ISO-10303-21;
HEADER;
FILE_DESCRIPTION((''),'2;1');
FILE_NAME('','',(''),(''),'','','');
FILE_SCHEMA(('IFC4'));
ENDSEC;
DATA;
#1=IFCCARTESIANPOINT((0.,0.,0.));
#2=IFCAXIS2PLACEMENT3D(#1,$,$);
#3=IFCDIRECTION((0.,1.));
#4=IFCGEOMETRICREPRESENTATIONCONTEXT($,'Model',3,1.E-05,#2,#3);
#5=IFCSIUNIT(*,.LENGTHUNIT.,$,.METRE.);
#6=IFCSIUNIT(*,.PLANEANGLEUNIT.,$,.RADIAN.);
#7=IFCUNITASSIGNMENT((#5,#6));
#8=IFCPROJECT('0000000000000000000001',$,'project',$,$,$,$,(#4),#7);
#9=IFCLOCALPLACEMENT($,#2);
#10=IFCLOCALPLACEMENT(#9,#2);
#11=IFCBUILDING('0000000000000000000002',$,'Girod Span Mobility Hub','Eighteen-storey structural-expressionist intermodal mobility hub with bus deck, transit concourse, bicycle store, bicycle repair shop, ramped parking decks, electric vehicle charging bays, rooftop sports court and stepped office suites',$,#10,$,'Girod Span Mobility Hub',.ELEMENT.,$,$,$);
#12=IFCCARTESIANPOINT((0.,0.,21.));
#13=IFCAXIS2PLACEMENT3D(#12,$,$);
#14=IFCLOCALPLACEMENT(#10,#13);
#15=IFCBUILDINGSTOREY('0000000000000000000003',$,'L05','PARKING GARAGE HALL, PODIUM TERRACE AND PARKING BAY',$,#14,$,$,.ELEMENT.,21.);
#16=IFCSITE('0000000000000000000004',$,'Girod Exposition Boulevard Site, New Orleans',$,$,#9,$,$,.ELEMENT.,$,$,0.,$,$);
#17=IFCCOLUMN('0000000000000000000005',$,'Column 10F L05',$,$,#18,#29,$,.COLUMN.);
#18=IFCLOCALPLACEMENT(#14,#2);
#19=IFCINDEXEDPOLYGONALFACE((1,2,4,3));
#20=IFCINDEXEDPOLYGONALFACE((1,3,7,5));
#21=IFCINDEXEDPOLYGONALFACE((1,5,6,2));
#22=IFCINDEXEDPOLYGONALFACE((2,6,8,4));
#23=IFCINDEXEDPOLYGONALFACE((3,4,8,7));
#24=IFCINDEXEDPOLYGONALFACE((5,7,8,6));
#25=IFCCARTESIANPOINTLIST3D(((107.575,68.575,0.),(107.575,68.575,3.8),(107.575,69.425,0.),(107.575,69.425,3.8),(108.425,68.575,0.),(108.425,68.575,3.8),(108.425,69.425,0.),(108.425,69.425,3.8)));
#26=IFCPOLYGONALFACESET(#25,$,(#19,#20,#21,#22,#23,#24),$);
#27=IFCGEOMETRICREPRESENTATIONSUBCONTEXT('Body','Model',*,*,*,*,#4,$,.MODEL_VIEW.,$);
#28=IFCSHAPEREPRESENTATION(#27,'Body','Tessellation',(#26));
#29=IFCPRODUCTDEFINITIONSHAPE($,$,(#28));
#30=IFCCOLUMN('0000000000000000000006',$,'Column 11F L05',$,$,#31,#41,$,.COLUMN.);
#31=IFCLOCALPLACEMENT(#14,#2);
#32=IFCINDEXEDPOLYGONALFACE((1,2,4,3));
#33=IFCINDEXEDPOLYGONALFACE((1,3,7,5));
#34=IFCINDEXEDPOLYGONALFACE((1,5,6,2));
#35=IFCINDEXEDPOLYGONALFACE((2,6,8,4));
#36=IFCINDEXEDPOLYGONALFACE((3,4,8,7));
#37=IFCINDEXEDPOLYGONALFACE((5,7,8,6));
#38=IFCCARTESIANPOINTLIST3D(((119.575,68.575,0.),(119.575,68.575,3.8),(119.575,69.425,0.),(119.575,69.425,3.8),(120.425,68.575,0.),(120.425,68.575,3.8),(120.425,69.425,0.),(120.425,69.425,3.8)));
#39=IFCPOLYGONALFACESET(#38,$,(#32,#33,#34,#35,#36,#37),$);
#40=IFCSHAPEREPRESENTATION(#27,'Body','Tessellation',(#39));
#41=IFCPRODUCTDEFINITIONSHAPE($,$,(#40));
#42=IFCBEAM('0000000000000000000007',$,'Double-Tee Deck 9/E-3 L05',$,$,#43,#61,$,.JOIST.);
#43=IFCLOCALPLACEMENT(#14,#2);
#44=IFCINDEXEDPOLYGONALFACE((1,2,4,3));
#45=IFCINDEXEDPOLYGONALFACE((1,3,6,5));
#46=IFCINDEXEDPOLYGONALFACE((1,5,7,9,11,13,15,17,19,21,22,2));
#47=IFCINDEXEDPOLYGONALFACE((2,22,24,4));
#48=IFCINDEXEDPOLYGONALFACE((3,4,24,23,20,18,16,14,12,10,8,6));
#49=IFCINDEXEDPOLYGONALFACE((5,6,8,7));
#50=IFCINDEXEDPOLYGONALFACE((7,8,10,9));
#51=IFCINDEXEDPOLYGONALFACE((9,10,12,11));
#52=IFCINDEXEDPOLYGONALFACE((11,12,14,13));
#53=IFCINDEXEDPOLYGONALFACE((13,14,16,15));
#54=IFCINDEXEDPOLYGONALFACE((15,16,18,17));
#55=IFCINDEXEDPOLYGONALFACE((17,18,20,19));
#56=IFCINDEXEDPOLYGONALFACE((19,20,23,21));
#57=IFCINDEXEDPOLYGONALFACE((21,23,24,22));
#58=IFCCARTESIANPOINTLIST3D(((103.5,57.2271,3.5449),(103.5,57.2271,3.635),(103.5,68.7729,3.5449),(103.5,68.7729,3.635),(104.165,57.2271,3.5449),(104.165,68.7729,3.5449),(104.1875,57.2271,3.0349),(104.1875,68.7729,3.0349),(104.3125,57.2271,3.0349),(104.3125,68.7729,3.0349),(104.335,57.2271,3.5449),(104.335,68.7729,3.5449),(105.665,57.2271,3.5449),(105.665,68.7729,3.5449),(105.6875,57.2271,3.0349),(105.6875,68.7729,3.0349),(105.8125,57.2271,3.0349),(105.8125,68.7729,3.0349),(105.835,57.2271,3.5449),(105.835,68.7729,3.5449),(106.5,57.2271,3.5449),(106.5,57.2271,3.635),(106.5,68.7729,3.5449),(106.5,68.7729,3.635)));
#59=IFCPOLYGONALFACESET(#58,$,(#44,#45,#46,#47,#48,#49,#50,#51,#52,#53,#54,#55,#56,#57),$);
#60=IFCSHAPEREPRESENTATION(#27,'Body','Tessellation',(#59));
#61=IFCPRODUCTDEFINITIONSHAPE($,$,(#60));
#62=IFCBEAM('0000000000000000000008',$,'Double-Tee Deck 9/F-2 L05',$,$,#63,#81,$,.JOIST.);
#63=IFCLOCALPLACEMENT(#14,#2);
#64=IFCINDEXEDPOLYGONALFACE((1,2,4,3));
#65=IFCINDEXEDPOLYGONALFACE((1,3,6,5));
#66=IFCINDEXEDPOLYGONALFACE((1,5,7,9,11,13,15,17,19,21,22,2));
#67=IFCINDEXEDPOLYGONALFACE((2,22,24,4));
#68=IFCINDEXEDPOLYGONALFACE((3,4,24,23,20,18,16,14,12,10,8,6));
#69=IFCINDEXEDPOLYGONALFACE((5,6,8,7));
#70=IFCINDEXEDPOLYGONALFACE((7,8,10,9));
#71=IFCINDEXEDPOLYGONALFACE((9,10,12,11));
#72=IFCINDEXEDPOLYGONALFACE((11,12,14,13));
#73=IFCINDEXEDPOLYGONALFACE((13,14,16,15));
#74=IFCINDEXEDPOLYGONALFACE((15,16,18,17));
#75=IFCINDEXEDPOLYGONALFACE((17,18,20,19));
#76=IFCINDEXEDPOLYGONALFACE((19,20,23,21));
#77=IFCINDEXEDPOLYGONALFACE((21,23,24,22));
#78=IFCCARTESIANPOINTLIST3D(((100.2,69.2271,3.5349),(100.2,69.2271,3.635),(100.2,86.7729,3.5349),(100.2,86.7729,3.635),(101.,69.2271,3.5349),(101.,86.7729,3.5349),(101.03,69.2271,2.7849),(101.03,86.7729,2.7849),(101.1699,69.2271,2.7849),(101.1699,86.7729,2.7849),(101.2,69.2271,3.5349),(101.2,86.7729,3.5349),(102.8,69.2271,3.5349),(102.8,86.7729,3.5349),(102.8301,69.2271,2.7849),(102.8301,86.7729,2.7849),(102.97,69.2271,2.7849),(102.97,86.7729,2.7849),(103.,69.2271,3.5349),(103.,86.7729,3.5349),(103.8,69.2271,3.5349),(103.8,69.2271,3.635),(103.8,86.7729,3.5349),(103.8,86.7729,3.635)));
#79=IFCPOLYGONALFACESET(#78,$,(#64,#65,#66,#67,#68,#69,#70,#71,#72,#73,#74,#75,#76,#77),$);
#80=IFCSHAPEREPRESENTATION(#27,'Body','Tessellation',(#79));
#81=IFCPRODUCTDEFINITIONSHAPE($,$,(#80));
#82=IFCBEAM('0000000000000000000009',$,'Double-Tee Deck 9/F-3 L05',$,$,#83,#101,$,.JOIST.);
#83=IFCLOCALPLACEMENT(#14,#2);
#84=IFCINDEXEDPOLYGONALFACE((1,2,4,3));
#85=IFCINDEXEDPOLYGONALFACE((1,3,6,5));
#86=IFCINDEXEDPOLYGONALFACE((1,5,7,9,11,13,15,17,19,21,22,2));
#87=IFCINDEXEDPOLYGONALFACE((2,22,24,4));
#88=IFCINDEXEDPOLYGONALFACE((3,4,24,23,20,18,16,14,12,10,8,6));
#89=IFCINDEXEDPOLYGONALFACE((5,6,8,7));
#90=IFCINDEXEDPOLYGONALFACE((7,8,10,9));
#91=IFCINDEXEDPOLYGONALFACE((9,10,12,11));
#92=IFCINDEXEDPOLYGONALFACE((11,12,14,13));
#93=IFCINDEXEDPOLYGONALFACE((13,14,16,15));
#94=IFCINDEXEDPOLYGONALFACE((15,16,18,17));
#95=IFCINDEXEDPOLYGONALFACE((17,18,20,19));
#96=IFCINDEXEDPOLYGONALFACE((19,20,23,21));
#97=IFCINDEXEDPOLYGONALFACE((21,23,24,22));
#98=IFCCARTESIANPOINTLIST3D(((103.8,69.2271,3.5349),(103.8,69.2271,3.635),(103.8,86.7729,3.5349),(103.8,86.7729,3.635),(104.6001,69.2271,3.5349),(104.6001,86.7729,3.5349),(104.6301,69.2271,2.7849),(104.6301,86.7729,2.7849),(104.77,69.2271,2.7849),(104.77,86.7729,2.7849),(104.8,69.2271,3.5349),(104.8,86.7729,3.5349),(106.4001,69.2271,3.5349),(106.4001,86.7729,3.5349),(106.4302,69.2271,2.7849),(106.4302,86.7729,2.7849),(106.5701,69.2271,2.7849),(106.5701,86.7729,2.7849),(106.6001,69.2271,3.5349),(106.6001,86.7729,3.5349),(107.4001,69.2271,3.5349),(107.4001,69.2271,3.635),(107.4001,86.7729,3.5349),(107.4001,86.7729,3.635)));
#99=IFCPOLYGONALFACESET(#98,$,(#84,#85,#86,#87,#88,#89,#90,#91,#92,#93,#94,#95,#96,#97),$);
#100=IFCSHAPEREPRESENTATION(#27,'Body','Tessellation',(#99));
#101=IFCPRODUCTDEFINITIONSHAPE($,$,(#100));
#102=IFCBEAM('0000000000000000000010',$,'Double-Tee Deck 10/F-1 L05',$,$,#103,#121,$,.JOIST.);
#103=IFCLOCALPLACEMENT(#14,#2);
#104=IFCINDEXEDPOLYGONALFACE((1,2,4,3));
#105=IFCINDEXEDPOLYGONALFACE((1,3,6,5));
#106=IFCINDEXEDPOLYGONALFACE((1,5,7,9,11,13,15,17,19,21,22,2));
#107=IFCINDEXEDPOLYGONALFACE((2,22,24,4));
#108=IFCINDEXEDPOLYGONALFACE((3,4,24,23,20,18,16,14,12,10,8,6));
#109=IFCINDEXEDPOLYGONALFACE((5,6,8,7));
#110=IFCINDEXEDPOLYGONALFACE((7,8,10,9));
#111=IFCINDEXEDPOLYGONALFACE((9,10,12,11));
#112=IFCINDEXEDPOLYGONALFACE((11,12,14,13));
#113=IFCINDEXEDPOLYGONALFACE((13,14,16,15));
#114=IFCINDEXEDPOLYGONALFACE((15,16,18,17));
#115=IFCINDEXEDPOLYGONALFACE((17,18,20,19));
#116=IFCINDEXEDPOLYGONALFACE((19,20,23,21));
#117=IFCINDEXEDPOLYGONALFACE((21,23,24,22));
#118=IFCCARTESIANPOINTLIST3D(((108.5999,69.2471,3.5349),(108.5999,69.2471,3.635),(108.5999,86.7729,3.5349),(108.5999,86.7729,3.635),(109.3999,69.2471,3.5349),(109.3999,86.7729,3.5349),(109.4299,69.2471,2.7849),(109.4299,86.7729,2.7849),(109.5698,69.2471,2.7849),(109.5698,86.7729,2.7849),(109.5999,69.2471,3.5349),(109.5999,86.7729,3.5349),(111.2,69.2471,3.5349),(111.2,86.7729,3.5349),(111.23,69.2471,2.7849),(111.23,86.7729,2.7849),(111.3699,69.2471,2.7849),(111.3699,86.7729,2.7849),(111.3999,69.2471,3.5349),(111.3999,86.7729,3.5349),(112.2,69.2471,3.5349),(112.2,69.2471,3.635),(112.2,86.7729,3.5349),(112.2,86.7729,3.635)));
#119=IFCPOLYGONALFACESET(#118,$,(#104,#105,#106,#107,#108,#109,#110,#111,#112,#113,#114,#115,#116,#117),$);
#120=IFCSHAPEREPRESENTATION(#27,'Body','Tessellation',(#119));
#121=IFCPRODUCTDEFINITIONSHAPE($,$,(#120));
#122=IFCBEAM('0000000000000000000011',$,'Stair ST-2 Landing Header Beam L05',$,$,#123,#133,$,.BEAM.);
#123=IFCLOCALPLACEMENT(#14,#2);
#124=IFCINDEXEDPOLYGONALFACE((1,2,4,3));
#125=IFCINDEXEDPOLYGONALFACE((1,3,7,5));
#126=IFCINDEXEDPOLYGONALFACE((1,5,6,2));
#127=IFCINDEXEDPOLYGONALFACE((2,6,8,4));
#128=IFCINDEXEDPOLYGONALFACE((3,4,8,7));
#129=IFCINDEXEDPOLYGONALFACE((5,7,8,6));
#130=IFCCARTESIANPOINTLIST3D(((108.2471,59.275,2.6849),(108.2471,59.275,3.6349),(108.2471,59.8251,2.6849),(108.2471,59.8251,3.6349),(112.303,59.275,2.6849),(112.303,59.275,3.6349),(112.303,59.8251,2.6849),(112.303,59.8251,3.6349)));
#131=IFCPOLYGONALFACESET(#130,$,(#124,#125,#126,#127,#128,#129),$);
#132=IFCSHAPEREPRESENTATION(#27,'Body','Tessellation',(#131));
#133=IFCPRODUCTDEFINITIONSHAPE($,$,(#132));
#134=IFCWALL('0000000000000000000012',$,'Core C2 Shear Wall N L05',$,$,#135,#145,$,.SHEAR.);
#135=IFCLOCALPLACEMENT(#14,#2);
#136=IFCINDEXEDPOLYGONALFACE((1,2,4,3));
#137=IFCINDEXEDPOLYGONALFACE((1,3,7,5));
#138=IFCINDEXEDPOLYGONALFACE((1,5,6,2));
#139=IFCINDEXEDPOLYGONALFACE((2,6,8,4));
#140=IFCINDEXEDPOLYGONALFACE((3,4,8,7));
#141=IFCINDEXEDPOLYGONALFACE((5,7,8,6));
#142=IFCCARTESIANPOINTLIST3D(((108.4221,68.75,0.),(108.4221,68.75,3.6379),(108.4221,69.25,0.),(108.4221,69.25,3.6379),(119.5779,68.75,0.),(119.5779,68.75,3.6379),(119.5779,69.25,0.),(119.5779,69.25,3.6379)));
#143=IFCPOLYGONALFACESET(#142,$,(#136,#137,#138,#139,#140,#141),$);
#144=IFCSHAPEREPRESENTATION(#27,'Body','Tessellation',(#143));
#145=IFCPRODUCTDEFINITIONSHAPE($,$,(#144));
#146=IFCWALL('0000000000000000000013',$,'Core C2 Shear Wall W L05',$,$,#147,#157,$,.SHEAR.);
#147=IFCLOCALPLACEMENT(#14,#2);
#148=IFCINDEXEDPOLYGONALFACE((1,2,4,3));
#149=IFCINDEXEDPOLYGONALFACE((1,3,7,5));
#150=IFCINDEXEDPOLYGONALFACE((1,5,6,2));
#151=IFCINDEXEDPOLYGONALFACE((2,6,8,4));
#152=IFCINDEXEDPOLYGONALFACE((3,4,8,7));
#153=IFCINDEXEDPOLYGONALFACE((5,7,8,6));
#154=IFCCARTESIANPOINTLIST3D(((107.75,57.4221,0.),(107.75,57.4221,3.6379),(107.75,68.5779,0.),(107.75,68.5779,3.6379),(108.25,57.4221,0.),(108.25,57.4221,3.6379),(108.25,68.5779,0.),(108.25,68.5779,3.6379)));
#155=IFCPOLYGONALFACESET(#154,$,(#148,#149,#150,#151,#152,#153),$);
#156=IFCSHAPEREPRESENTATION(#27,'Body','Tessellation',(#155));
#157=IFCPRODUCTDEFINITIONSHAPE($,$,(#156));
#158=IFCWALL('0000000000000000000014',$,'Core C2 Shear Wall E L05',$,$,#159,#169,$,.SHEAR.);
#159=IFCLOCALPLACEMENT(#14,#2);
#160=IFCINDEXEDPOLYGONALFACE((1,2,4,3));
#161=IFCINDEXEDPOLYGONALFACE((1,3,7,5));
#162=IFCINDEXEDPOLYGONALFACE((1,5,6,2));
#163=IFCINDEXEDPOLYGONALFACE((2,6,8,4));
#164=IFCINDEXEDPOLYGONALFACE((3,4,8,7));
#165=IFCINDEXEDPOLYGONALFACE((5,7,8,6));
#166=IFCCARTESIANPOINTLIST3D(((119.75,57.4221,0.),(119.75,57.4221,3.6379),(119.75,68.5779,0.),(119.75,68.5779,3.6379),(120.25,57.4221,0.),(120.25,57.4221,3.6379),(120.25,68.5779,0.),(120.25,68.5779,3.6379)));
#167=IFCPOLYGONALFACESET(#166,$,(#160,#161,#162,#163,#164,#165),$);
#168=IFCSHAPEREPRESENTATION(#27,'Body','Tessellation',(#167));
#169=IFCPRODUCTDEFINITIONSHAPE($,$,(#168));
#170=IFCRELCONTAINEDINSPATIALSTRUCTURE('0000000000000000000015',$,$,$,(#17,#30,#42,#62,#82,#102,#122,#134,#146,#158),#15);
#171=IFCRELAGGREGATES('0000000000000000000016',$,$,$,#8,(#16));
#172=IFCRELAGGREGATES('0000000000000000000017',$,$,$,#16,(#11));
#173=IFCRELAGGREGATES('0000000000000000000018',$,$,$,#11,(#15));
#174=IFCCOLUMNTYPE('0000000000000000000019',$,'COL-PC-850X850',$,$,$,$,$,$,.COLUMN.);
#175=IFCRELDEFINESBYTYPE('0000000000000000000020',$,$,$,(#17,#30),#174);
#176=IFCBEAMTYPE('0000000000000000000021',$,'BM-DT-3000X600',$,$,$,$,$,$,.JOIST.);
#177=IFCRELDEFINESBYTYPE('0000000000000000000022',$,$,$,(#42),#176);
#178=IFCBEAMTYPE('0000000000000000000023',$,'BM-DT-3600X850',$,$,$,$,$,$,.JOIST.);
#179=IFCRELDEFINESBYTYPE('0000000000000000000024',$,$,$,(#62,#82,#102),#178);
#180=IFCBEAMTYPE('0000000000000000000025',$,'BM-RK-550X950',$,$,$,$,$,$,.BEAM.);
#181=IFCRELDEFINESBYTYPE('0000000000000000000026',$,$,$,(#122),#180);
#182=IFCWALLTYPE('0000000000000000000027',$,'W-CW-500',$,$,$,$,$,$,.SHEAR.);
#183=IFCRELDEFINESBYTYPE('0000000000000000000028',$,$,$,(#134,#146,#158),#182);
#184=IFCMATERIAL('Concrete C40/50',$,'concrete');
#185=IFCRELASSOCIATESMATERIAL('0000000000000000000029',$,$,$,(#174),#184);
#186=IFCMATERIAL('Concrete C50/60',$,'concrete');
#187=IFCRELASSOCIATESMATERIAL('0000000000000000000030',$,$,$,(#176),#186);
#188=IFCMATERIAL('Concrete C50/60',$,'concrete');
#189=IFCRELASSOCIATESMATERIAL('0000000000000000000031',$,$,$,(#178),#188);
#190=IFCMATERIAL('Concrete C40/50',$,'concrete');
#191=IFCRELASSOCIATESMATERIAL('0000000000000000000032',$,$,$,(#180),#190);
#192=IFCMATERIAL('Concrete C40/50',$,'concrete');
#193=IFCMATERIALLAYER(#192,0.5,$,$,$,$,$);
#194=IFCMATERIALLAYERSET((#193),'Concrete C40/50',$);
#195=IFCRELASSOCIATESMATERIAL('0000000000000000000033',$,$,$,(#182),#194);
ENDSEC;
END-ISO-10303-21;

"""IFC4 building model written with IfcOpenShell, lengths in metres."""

from ifc_helpers import new_model, si_unit, direction, frame, frame_2d, origin, origin_2d, place, context, subcontext, project, spatial, polyline, rectangle, outline, extrude, material, layer, layer_set, material_profile, profile_set, type_object, element, save


model = new_model("IFC4")

# Units and contexts
model_context = context("Model", 3, precision=1e-05, world=origin(), true_north=direction((0.0, 1.0)))
body_context = subcontext(model_context, "Body", "Model", "MODEL_VIEW")
ifc_project = project(units=[si_unit("LENGTHUNIT", "METRE"), si_unit("PLANEANGLEUNIT", "RADIAN")], contexts=[model_context])

# Site, building, storey
site_placement = place(None, origin())
site = spatial("IfcSite", under=ifc_project, at=site_placement, Name="Girod Exposition Boulevard Site, New Orleans", CompositionType="ELEMENT", RefElevation=0.0)
building_placement = place(site_placement, origin())
building = spatial("IfcBuilding", under=site, at=building_placement, Name="Girod Span Mobility Hub", Description="Eighteen-storey structural-expressionist intermodal mobility hub with bus deck, transit concourse, bicycle store, bicycle repair shop, ramped parking decks, electric vehicle charging bays, rooftop sports court and stepped office suites", LongName="Girod Span Mobility Hub", CompositionType="ELEMENT")
storey_placement = place(building_placement, frame((0.0, 0.0, 21.0)))
storey = spatial("IfcBuildingStorey", under=building, at=storey_placement, Name="L05", Description="PARKING GARAGE HALL, PODIUM TERRACE AND PARKING BAY", CompositionType="ELEMENT", Elevation=21.0)

# Columns
ifc_material_1 = material(Name="Concrete C40/50", Category="concrete")
ifc_material_profile_1 = material_profile(ifc_material_1, rectangle(XDim=0.8501, YDim=0.8501, at=origin_2d()), Name="PC-COL-850X850")
ifc_profile_set_1 = profile_set([ifc_material_profile_1], Name="Concrete C40/50")
column_type = type_object("IfcColumnType", Name="COL-PC-850X850", PredefinedType="COLUMN", material=ifc_profile_set_1)
for number, where, z_axis, x_axis, name in (
    (1, (108.0, 69.0, 0.0), (0.0, 0.0, 1.0), (1.0, 0.0, 0.0), "Column 10F L05"),
    (2, (120.0, 69.0, 0.0), (0.0, 0.0, 1.0), (1.0, 0.0, 0.0), "Column 11F L05"),
):
    element("IfcColumn", number, at=place(storey_placement, frame(where, z_axis=z_axis, x_axis=x_axis)), inside=storey, type_object=column_type, Name=name, PredefinedType="COLUMN", context=body_context, shape_type="SweptSolid", body=[
        extrude(rectangle(XDim=0.8501, YDim=0.8501, at=origin_2d()), origin(), (0.0, 0.0, 1.0), 3.8),
    ])

# Beams
ifc_material_2 = material(Name="Concrete C50/60", Category="concrete")
ifc_material_profile_2 = material_profile(ifc_material_2, outline(polyline([(-1.5, 0.3), (-1.5, 0.21), (-0.835, 0.21), (-0.8125, -0.3), (-0.6875, -0.3), (-0.665, 0.21), (0.665, 0.21), (0.6875, -0.3), (0.8125, -0.3), (0.835, 0.21), (1.5, 0.21), (1.5, 0.3), (-1.5, 0.3)])), Name="DT-3000X600")
ifc_profile_set_2 = profile_set([ifc_material_profile_2], Name="Concrete C50/60")
beam_type_1 = type_object("IfcBeamType", Name="BM-DT-3000X600", PredefinedType="JOIST", material=ifc_profile_set_2)
beam_1_placement = place(storey_placement, frame((105.0, 57.2271, 3.335), z_axis=(0.0, 1.0, 0.0), x_axis=(-1.0, 0.0, 0.0)))
element("IfcBeam", 3, at=beam_1_placement, inside=storey, type_object=beam_type_1, Name="Double-Tee Deck 9/E-3 L05", PredefinedType="JOIST", context=body_context, shape_type="SweptSolid", body=[
    extrude(outline(polyline([(-1.5, 0.3), (-1.5, 0.21), (-0.835, 0.21), (-0.8125, -0.3), (-0.6875, -0.3), (-0.665, 0.21), (0.665, 0.21), (0.6875, -0.3), (0.8125, -0.3), (0.835, 0.21), (1.5, 0.21), (1.5, 0.3), (-1.5, 0.3)])), origin(), (0.0, 0.0, 1.0), 11.5459),
])
ifc_material_3 = material(Name="Concrete C50/60", Category="concrete")
ifc_material_profile_3 = material_profile(ifc_material_3, outline(polyline([(-1.8, 0.425), (-1.8, 0.325), (-1.0, 0.325), (-0.97, -0.425), (-0.8301, -0.425), (-0.8, 0.325), (0.8, 0.325), (0.8301, -0.425), (0.97, -0.425), (1.0, 0.325), (1.8, 0.325), (1.8, 0.425), (-1.8, 0.425)])), Name="DT-3600X850")
ifc_profile_set_3 = profile_set([ifc_material_profile_3], Name="Concrete C50/60")
beam_type_2 = type_object("IfcBeamType", Name="BM-DT-3600X850", PredefinedType="JOIST", material=ifc_profile_set_3)
for number, where, z_axis, x_axis, name in (
    (4, (102.0, 69.2271, 3.21), (0.0, 1.0, 0.0), (-1.0, 0.0, 0.0), "Double-Tee Deck 9/F-2 L05"),
    (5, (105.6001, 69.2271, 3.21), (0.0, 1.0, 0.0), (-1.0, 0.0, 0.0), "Double-Tee Deck 9/F-3 L05"),
):
    element("IfcBeam", number, at=place(storey_placement, frame(where, z_axis=z_axis, x_axis=x_axis)), inside=storey, type_object=beam_type_2, Name=name, PredefinedType="JOIST", context=body_context, shape_type="SweptSolid", body=[
        extrude(outline(polyline([(-1.8, 0.425), (-1.8, 0.325), (-1.0, 0.325), (-0.97, -0.425), (-0.8301, -0.425), (-0.8, 0.325), (0.8, 0.325), (0.8301, -0.425), (0.97, -0.425), (1.0, 0.325), (1.8, 0.325), (1.8, 0.425), (-1.8, 0.425)])), origin(), (0.0, 0.0, 1.0), 17.5459),
    ])
beam_2_placement = place(storey_placement, frame((110.3999, 69.2471, 3.21), z_axis=(0.0, 1.0, 0.0), x_axis=(-1.0, 0.0, 0.0)))
element("IfcBeam", 6, at=beam_2_placement, inside=storey, type_object=beam_type_2, Name="Double-Tee Deck 10/F-1 L05", PredefinedType="JOIST", context=body_context, shape_type="SweptSolid", body=[
    extrude(outline(polyline([(-1.8, 0.425), (-1.8, 0.325), (-1.0, 0.325), (-0.97, -0.425), (-0.8301, -0.425), (-0.8, 0.325), (0.8, 0.325), (0.8301, -0.425), (0.97, -0.425), (1.0, 0.325), (1.8, 0.325), (1.8, 0.425), (-1.8, 0.425)])), origin(), (0.0, 0.0, 1.0), 17.5259),
])
ifc_material_4 = material(Name="Concrete C40/50", Category="concrete")
ifc_material_profile_4 = material_profile(ifc_material_4, rectangle(XDim=0.55, YDim=0.95, at=origin_2d()), Name="RK-550X950")
ifc_profile_set_4 = profile_set([ifc_material_profile_4], Name="Concrete C40/50")
beam_type_3 = type_object("IfcBeamType", Name="BM-RK-550X950", PredefinedType="BEAM", material=ifc_profile_set_4)
beam_3_placement = place(storey_placement, frame((108.2471, 59.55, 3.1599), z_axis=(1.0, 0.0, 0.0), x_axis=(0.0, 1.0, 0.0)))
element("IfcBeam", 7, at=beam_3_placement, inside=storey, type_object=beam_type_3, Name="Stair ST-2 Landing Header Beam L05", PredefinedType="BEAM", context=body_context, shape_type="SweptSolid", body=[
    extrude(rectangle(XDim=0.55, YDim=0.95, at=origin_2d()), origin(), (0.0, 0.0, 1.0), 4.0559),
])

# Walls
ifc_material_5 = material(Name="Concrete C40/50", Category="concrete")
ifc_layer_1 = layer(ifc_material_5, 0.5)
ifc_layer_set_1 = layer_set([ifc_layer_1], Name="Concrete C40/50")
wall_type_1 = type_object("IfcWallType", Name="W-CW-500", PredefinedType="SHEAR", material=ifc_layer_set_1)
for number, where, z_axis, x_axis, name in (
    (8, (108.4221, 69.0, 0.0), (0.0, 0.0, 1.0), (1.0, 0.0, 0.0), "Core C2 Shear Wall N L05"),
    (9, (108.0, 57.4221, 0.0), (0.0, 0.0, 1.0), (0.0, 1.0, 0.0), "Core C2 Shear Wall W L05"),
    (10, (120.0, 57.4221, 0.0), (0.0, 0.0, 1.0), (0.0, 1.0, 0.0), "Core C2 Shear Wall E L05"),
):
    element("IfcWall", number, at=place(storey_placement, frame(where, z_axis=z_axis, x_axis=x_axis)), inside=storey, type_object=wall_type_1, Name=name, PredefinedType="SHEAR", context=body_context, shape_type="SweptSolid", body=[
        extrude(rectangle(XDim=11.1558, YDim=0.5, at=frame_2d((5.5779, 0.0))), origin(), (0.0, 0.0, 1.0), 3.6379),
    ])

save(model, "model.ifc")
